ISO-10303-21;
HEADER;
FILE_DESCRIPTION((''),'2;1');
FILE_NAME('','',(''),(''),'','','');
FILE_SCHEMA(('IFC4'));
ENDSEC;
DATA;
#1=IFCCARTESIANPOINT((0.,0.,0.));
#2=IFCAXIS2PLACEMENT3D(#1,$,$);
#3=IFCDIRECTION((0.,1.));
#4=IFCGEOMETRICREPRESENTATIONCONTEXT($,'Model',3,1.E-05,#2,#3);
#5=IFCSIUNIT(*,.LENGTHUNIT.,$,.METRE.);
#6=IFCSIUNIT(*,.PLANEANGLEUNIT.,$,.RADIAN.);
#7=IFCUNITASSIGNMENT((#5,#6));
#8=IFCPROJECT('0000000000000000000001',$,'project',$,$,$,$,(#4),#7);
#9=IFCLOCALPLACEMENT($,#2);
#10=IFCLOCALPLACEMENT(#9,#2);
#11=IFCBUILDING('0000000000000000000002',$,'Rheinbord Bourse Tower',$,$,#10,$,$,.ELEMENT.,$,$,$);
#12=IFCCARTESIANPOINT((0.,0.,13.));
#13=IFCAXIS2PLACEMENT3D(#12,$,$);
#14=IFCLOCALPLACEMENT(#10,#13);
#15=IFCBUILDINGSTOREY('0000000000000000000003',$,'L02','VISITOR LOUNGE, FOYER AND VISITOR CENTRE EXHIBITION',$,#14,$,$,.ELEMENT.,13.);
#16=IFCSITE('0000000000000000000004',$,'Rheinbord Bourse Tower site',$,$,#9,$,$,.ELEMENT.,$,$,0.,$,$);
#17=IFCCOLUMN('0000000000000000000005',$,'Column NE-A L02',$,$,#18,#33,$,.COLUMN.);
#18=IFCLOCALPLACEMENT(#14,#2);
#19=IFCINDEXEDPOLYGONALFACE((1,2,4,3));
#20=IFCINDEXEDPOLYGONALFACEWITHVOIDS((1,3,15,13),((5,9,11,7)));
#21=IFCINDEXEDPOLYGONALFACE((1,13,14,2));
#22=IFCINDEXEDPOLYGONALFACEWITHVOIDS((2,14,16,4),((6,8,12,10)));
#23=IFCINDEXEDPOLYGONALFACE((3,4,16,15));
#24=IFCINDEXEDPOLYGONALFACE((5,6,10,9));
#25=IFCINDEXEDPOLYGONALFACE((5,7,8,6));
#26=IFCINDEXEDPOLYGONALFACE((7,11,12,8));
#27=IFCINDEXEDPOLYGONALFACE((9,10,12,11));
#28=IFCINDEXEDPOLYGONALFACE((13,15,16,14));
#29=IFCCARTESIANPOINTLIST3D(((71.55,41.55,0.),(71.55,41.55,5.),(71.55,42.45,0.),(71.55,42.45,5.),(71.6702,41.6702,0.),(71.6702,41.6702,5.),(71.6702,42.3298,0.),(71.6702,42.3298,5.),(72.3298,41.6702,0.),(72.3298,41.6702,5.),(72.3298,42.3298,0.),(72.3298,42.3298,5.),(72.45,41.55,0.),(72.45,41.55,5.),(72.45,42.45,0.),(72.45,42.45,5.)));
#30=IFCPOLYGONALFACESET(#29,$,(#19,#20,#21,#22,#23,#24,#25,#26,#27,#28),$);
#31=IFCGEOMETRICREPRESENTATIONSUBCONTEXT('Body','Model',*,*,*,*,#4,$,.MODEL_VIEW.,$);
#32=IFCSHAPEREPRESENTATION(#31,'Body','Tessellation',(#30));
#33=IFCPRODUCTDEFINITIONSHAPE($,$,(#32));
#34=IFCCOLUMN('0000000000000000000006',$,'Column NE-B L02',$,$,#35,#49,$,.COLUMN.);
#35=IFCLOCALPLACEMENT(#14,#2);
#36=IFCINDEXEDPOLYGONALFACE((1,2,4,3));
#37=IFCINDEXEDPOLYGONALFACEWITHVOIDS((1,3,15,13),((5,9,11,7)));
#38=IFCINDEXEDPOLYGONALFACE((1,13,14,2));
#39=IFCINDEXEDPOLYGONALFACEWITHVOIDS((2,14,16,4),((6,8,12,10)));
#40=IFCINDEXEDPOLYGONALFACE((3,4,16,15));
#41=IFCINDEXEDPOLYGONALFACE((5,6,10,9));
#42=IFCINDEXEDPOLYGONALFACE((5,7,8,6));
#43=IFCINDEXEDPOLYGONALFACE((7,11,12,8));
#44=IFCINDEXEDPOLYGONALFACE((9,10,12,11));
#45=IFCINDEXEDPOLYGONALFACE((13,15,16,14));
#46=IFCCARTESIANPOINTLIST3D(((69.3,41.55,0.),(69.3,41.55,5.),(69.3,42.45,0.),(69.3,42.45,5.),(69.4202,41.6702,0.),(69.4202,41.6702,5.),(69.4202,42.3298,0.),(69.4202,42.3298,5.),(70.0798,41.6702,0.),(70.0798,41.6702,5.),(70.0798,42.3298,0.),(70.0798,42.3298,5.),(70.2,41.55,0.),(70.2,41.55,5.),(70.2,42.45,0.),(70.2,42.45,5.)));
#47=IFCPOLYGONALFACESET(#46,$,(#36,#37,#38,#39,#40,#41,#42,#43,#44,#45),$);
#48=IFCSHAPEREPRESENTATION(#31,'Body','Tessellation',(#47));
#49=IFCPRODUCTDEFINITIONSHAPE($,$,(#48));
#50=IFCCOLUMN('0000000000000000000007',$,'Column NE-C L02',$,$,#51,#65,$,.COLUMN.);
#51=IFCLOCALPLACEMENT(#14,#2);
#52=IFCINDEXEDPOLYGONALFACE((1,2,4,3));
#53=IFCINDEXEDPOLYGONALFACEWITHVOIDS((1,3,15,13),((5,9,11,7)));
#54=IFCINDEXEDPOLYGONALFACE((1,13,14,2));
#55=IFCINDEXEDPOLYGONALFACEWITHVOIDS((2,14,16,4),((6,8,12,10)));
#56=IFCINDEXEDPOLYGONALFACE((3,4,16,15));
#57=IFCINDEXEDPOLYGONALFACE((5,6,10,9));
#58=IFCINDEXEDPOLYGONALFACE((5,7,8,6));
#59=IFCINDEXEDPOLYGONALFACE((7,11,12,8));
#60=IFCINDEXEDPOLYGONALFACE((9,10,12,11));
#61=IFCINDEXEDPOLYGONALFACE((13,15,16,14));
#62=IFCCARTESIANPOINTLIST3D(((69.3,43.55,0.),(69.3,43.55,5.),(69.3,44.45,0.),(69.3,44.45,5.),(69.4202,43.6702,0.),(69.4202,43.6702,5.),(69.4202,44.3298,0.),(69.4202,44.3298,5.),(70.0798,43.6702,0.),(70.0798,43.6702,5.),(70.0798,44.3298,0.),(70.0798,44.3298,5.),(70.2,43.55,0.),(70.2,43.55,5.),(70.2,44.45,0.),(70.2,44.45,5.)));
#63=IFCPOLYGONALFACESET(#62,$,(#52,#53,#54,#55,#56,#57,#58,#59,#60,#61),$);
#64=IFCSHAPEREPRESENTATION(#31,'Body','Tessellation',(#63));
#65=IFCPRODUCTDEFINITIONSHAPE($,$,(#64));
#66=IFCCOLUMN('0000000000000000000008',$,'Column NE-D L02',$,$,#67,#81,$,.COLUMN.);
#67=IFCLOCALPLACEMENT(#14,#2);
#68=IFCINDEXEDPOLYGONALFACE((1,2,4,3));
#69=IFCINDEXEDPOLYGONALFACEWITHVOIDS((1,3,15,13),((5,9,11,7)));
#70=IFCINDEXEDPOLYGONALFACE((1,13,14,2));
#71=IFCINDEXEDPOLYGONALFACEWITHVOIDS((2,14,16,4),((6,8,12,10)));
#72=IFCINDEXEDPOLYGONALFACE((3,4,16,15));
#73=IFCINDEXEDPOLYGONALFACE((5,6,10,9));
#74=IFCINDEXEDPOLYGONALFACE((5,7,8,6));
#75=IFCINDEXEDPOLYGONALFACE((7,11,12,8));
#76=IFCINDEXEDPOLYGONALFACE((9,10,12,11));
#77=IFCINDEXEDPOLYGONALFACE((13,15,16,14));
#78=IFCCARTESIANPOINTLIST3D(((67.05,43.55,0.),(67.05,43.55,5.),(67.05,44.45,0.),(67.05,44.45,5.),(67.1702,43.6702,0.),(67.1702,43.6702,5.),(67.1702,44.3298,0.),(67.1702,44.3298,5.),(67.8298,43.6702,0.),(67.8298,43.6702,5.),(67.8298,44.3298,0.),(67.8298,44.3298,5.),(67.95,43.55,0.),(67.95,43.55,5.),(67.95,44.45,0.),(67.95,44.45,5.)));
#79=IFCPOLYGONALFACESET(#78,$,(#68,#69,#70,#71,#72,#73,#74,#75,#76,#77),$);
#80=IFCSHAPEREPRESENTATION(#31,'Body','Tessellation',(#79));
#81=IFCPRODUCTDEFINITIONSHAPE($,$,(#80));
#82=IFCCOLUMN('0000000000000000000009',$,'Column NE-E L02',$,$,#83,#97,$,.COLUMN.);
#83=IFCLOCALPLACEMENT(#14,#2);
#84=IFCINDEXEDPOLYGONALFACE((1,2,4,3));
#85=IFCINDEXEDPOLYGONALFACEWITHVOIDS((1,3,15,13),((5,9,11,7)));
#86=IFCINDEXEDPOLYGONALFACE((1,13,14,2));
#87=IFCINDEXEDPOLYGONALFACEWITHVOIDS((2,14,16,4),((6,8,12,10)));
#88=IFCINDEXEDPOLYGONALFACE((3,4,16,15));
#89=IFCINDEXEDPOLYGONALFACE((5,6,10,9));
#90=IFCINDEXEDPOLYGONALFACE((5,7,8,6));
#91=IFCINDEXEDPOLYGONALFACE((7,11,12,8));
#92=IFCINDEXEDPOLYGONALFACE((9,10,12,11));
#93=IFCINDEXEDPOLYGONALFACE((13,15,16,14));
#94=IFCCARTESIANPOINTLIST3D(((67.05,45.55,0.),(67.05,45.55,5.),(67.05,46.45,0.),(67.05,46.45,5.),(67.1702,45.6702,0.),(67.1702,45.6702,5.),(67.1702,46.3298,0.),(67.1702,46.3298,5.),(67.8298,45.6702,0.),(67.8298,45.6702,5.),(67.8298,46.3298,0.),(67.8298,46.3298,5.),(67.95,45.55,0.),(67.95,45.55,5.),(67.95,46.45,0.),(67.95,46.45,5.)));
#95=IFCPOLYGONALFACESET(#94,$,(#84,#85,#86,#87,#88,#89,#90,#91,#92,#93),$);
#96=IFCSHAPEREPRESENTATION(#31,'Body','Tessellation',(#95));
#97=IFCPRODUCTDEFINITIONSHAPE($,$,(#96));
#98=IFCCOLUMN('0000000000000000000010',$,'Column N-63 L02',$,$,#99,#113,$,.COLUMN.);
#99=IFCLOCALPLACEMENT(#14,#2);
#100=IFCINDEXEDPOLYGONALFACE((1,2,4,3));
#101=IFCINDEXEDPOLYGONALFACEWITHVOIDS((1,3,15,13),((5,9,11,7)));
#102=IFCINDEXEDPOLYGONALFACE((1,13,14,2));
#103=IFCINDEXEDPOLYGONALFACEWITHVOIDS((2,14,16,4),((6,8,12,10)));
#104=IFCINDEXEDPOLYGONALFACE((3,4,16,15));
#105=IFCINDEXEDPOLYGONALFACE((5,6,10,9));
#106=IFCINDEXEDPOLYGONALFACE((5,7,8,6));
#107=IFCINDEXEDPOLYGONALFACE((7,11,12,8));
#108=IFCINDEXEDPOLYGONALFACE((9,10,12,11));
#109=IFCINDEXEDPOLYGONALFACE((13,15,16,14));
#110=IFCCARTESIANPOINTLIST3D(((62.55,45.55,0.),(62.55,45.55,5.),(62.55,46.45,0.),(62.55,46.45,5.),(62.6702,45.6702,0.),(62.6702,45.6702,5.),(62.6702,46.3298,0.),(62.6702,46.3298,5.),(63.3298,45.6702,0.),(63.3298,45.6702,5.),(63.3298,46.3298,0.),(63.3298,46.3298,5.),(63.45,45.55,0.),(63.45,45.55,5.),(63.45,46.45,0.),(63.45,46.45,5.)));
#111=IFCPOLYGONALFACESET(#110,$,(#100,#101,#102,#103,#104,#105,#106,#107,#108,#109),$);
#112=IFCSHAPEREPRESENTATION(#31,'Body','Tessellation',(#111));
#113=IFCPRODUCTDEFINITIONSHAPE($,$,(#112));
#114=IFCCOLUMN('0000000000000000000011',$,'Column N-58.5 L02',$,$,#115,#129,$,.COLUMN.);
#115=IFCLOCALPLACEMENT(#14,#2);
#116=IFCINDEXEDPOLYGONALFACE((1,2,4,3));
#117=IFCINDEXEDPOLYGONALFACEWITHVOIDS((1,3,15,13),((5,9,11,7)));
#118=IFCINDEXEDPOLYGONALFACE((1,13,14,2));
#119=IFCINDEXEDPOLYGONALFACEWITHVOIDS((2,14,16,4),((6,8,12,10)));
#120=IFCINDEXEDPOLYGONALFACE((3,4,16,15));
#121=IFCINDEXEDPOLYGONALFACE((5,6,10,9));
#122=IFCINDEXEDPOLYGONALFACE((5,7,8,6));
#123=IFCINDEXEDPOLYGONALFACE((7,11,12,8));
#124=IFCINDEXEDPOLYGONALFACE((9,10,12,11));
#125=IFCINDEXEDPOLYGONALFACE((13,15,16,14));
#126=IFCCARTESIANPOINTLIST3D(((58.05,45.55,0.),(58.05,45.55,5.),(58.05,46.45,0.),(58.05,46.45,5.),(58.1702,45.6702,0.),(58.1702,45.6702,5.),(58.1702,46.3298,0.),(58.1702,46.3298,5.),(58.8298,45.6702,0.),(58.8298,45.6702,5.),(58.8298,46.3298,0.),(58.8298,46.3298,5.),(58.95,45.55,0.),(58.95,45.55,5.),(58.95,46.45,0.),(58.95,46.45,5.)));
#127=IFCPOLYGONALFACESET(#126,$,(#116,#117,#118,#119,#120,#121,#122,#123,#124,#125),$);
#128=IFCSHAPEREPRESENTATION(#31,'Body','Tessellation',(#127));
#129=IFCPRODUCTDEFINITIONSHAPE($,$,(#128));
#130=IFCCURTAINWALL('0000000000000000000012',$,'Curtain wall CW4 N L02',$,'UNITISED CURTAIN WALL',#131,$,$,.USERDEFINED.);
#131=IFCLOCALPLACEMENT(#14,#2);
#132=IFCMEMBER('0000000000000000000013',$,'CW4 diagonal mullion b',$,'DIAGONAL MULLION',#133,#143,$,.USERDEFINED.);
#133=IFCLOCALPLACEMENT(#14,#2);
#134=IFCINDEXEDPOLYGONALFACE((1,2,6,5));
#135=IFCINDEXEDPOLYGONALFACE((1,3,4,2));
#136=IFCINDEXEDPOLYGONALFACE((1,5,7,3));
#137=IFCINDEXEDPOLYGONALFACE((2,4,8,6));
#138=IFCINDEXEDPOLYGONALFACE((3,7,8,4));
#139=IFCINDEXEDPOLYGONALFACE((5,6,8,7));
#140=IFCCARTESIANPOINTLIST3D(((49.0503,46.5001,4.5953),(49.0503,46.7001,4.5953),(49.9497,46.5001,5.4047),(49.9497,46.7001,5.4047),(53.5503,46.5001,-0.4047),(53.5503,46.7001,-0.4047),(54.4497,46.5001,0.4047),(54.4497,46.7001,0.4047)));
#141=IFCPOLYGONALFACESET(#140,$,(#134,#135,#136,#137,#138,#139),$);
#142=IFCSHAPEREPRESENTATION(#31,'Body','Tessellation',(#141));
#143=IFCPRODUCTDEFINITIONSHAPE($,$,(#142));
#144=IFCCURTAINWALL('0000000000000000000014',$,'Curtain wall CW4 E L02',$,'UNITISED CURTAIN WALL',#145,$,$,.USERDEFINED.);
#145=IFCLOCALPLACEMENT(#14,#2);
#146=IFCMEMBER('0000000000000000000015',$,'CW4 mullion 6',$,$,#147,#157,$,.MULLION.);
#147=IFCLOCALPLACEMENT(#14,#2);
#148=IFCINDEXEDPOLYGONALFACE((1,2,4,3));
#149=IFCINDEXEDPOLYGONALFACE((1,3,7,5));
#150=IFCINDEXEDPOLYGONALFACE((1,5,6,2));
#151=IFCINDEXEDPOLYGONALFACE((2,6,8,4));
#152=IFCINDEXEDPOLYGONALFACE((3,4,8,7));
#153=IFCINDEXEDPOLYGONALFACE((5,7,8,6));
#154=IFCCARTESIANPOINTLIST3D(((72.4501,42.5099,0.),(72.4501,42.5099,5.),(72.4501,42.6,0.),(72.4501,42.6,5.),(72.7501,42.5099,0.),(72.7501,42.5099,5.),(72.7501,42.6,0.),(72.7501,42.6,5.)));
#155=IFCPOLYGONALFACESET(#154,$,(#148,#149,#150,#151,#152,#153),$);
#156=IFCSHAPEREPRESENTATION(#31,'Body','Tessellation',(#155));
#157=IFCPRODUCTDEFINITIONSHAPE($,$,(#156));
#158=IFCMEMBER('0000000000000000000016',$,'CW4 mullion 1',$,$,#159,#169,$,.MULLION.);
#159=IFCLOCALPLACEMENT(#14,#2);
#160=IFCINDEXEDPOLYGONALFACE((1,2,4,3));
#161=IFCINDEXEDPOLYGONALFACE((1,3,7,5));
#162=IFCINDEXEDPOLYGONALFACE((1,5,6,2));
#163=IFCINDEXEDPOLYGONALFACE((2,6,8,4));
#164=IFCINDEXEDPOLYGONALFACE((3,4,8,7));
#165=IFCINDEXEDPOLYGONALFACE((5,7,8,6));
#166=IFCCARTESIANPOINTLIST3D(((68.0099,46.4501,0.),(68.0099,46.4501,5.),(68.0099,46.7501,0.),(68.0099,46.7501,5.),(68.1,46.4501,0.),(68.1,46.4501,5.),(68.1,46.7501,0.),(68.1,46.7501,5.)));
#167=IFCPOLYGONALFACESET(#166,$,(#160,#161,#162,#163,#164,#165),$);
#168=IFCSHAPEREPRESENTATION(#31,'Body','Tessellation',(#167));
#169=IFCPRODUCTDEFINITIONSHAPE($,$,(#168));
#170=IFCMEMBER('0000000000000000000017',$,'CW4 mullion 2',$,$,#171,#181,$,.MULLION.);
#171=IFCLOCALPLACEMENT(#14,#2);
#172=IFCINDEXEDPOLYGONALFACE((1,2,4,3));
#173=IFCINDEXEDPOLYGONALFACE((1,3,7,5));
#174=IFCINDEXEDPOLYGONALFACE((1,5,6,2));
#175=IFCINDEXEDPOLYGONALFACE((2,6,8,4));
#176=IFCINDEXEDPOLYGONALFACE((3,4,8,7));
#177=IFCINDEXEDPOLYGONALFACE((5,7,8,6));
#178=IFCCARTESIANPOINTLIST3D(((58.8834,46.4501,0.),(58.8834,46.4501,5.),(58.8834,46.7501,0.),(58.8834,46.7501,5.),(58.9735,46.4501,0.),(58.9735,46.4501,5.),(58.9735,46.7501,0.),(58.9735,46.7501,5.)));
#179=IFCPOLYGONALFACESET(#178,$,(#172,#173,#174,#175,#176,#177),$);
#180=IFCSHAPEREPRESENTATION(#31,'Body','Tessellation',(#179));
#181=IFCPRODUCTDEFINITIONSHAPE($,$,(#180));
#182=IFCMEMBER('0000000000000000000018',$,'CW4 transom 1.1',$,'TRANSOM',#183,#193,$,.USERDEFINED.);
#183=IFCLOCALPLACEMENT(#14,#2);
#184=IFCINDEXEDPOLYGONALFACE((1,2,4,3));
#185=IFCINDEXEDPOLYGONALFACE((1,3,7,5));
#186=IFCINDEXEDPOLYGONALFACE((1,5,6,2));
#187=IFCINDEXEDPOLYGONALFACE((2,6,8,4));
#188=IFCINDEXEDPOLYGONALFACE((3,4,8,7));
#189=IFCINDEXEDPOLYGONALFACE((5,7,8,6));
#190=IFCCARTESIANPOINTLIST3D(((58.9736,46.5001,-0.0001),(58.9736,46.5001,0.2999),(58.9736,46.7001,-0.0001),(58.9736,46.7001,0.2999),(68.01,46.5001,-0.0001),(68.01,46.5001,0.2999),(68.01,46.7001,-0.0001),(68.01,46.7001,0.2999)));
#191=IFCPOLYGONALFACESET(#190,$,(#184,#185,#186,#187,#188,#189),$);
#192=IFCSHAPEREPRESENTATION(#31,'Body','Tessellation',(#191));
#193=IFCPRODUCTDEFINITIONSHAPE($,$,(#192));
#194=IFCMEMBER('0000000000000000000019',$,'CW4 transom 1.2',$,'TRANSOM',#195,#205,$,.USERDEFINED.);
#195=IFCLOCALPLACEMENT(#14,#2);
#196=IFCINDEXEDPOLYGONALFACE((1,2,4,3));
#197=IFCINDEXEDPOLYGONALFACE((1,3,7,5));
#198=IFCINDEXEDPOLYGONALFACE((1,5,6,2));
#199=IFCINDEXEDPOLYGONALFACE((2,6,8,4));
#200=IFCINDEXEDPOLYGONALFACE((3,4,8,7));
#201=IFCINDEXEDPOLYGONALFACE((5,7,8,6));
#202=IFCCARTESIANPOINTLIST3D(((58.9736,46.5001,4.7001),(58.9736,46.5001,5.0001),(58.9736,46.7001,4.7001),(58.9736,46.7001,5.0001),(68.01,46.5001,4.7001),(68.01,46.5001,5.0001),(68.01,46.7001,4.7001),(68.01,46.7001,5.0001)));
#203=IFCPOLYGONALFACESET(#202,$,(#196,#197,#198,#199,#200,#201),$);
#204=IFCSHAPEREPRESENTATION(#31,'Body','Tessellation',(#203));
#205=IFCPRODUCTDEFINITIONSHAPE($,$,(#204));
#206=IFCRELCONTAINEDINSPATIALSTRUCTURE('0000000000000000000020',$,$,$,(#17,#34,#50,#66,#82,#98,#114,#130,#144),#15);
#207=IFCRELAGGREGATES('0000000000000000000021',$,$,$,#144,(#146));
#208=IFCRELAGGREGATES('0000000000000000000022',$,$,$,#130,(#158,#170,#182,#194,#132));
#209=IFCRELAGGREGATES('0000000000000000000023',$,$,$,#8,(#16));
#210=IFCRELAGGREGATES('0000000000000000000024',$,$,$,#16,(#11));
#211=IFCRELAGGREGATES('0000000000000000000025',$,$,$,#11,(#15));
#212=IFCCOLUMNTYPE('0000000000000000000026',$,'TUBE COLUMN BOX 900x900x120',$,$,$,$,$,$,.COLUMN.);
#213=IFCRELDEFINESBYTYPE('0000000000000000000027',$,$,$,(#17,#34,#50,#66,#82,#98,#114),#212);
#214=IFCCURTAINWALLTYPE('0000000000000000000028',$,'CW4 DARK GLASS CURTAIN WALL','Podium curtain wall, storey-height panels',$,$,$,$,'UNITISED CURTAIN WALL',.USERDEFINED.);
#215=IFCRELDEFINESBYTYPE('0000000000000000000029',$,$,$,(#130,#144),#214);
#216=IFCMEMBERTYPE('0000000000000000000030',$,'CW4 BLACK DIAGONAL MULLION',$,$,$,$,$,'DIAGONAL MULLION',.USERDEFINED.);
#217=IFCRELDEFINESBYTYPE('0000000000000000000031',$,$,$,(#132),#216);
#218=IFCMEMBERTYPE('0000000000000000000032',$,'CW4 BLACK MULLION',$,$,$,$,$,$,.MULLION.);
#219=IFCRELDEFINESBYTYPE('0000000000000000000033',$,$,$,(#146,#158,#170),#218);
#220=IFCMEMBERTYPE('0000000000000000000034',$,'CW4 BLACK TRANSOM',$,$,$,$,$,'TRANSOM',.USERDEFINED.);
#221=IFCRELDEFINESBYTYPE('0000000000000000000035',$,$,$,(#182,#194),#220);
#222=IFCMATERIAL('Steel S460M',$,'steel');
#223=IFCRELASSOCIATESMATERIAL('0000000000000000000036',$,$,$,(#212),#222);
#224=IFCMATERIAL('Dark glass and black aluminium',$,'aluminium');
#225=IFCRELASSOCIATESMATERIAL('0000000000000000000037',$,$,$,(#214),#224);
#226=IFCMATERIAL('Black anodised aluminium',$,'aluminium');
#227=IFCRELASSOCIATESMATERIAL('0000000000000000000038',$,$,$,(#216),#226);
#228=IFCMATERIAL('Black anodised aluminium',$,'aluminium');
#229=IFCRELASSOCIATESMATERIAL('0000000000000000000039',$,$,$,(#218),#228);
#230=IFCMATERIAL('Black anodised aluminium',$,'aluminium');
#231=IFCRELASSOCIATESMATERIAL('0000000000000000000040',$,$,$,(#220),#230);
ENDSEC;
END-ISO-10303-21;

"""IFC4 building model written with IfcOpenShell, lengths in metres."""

from ifc_helpers import new_model, si_unit, direction, frame, origin, origin_2d, place, context, subcontext, project, spatial, rectangle, hollow_rectangle, extrude, material, material_profile, profile_set, type_object, element, aggregate, save


model = new_model("IFC4")

# Units and contexts
model_context = context("Model", 3, precision=1e-05, world=origin(), true_north=direction((0.0, 1.0)))
body_context = subcontext(model_context, "Body", "Model", "MODEL_VIEW")
ifc_project = project(units=[si_unit("LENGTHUNIT", "METRE"), si_unit("PLANEANGLEUNIT", "RADIAN")], contexts=[model_context])

# Site, building, storey
site_placement = place(None, origin())
site = spatial("IfcSite", under=ifc_project, at=site_placement, Name="Rheinbord Bourse Tower site", CompositionType="ELEMENT", RefElevation=0.0)
building_placement = place(site_placement, origin())
building = spatial("IfcBuilding", under=site, at=building_placement, Name="Rheinbord Bourse Tower", CompositionType="ELEMENT")
storey_placement = place(building_placement, frame((0.0, 0.0, 13.0)))
storey = spatial("IfcBuildingStorey", under=building, at=storey_placement, Name="L02", Description="VISITOR LOUNGE, FOYER AND VISITOR CENTRE EXHIBITION", CompositionType="ELEMENT", Elevation=13.0)

# Columns
ifc_material_1 = material(Name="Steel S460M", Category="steel")
ifc_material_profile_1 = material_profile(ifc_material_1, hollow_rectangle(XDim=0.8999, YDim=0.8999, WallThickness=0.1201, at=origin_2d()), Name="BOX 900x900x120")
ifc_profile_set_1 = profile_set([ifc_material_profile_1], Name="Steel S460M")
column_type = type_object("IfcColumnType", Name="TUBE COLUMN BOX 900x900x120", PredefinedType="COLUMN", material=ifc_profile_set_1)
for number, where, z_axis, x_axis, name in (
    (1, (72.0, 42.0, 0.0), (0.0, 0.0, 1.0), (1.0, 0.0, 0.0), "Column NE-A L02"),
    (2, (69.75, 42.0, 0.0), (0.0, 0.0, 1.0), (1.0, 0.0, 0.0), "Column NE-B L02"),
    (3, (69.75, 44.0, 0.0), (0.0, 0.0, 1.0), (1.0, 0.0, 0.0), "Column NE-C L02"),
    (4, (67.5, 44.0, 0.0), (0.0, 0.0, 1.0), (0.0, 1.0, 0.0), "Column NE-D L02"),
    (5, (67.5, 46.0, 0.0), (0.0, 0.0, 1.0), (0.0, 1.0, 0.0), "Column NE-E L02"),
    (6, (63.0, 46.0, 0.0), (0.0, 0.0, 1.0), (0.0, 1.0, 0.0), "Column N-63 L02"),
    (7, (58.5, 46.0, 0.0), (0.0, 0.0, 1.0), (0.0, 1.0, 0.0), "Column N-58.5 L02"),
):
    element("IfcColumn", number, at=place(storey_placement, frame(where, z_axis=z_axis, x_axis=x_axis)), inside=storey, type_object=column_type, Name=name, PredefinedType="COLUMN", context=body_context, shape_type="SweptSolid", body=[
        extrude(hollow_rectangle(XDim=0.8999, YDim=0.8999, WallThickness=0.1201, at=origin_2d()), origin(), (0.0, 0.0, 1.0), 5.0),
    ])

# Curtain walls, members
ifc_material_2 = material(Name="Dark glass and black aluminium", Category="aluminium")
curtain_wall_type = type_object("IfcCurtainWallType", Name="CW4 DARK GLASS CURTAIN WALL", Description="Podium curtain wall, storey-height panels", ElementType="UNITISED CURTAIN WALL", PredefinedType="USERDEFINED", material=ifc_material_2)
curtain_wall_1_placement = place(storey_placement, origin())
curtain_wall_1 = element("IfcCurtainWall", 8, at=curtain_wall_1_placement, inside=storey, type_object=curtain_wall_type, Name="Curtain wall CW4 N L02", ObjectType="UNITISED CURTAIN WALL", PredefinedType="USERDEFINED")
ifc_material_3 = material(Name="Black anodised aluminium", Category="aluminium")
ifc_material_profile_2 = material_profile(ifc_material_3, rectangle(XDim=0.2, YDim=1.21, at=origin_2d()), Name="CW4 DIAGONAL MULLION 1210x200")
ifc_profile_set_2 = profile_set([ifc_material_profile_2], Name="Black anodised aluminium")
member_type_1 = type_object("IfcMemberType", Name="CW4 BLACK DIAGONAL MULLION", ElementType="DIAGONAL MULLION", PredefinedType="USERDEFINED", material=ifc_profile_set_2)
member_1_placement = place(storey_placement, frame((54.0, 46.6001, 0.0), z_axis=(-0.668965, 0.0, 0.743294), x_axis=(0.0, -1.0, 0.0)))
member_1 = element("IfcMember", 9, at=member_1_placement, type_object=member_type_1, Name="CW4 diagonal mullion b", ObjectType="DIAGONAL MULLION", PredefinedType="USERDEFINED", context=body_context, shape_type="SweptSolid", body=[
    extrude(rectangle(XDim=0.2, YDim=1.21, at=origin_2d()), origin(), (0.0, 0.0, 1.0), 6.7268),
])
curtain_wall_2_placement = place(storey_placement, origin())
curtain_wall_2 = element("IfcCurtainWall", 10, at=curtain_wall_2_placement, inside=storey, type_object=curtain_wall_type, Name="Curtain wall CW4 E L02", ObjectType="UNITISED CURTAIN WALL", PredefinedType="USERDEFINED")
ifc_material_4 = material(Name="Black anodised aluminium", Category="aluminium")
ifc_material_profile_3 = material_profile(ifc_material_4, rectangle(XDim=0.3, YDim=0.0901, at=origin_2d()), Name="CW4 MULLION 90x300")
ifc_profile_set_3 = profile_set([ifc_material_profile_3], Name="Black anodised aluminium")
member_type_2 = type_object("IfcMemberType", Name="CW4 BLACK MULLION", PredefinedType="MULLION", material=ifc_profile_set_3)
member_2_placement = place(storey_placement, frame((72.6001, 42.5549, 0.0), z_axis=(0.0, 0.0, 1.0), x_axis=(-1.0, 0.0, 0.0)))
member_2 = element("IfcMember", 11, at=member_2_placement, type_object=member_type_2, Name="CW4 mullion 6", PredefinedType="MULLION", context=body_context, shape_type="SweptSolid", body=[
    extrude(rectangle(XDim=0.3, YDim=0.0901, at=origin_2d()), origin(), (0.0, 0.0, 1.0), 5.0),
])

# Members
member_3_placement = place(storey_placement, frame((68.0549, 46.6001, 0.0), z_axis=(0.0, 0.0, 1.0), x_axis=(0.0, -1.0, 0.0)))
member_3 = element("IfcMember", 12, at=member_3_placement, type_object=member_type_2, Name="CW4 mullion 1", PredefinedType="MULLION", context=body_context, shape_type="SweptSolid", body=[
    extrude(rectangle(XDim=0.3, YDim=0.0901, at=origin_2d()), origin(), (0.0, 0.0, 1.0), 5.0),
])
member_4_placement = place(storey_placement, frame((58.9285, 46.6001, 0.0), z_axis=(0.0, 0.0, 1.0), x_axis=(0.0, -1.0, 0.0)))
member_4 = element("IfcMember", 13, at=member_4_placement, type_object=member_type_2, Name="CW4 mullion 2", PredefinedType="MULLION", context=body_context, shape_type="SweptSolid", body=[
    extrude(rectangle(XDim=0.3, YDim=0.0901, at=origin_2d()), origin(), (0.0, 0.0, 1.0), 5.0),
])
ifc_material_5 = material(Name="Black anodised aluminium", Category="aluminium")
ifc_material_profile_4 = material_profile(ifc_material_5, rectangle(XDim=0.2, YDim=0.3, at=origin_2d()), Name="CW4 TRANSOM 300x200")
ifc_profile_set_4 = profile_set([ifc_material_profile_4], Name="Black anodised aluminium")
member_type_3 = type_object("IfcMemberType", Name="CW4 BLACK TRANSOM", ElementType="TRANSOM", PredefinedType="USERDEFINED", material=ifc_profile_set_4)
member_5_placement = place(storey_placement, frame((68.01, 46.6001, 0.1499), z_axis=(-1.0, 0.0, 0.0), x_axis=(0.0, -1.0, 0.0)))
member_5 = element("IfcMember", 14, at=member_5_placement, type_object=member_type_3, Name="CW4 transom 1.1", ObjectType="TRANSOM", PredefinedType="USERDEFINED", context=body_context, shape_type="SweptSolid", body=[
    extrude(rectangle(XDim=0.2, YDim=0.3, at=origin_2d()), origin(), (0.0, 0.0, 1.0), 9.0364),
])
member_6_placement = place(storey_placement, frame((68.01, 46.6001, 4.8501), z_axis=(-1.0, 0.0, 0.0), x_axis=(0.0, -1.0, 0.0)))
member_6 = element("IfcMember", 15, at=member_6_placement, type_object=member_type_3, Name="CW4 transom 1.2", ObjectType="TRANSOM", PredefinedType="USERDEFINED", context=body_context, shape_type="SweptSolid", body=[
    extrude(rectangle(XDim=0.2, YDim=0.3, at=origin_2d()), origin(), (0.0, 0.0, 1.0), 9.0364),
])

aggregate(curtain_wall_2, [member_2])
aggregate(curtain_wall_1, [member_3, member_4, member_5, member_6, member_1])

save(model, "model.ifc")
